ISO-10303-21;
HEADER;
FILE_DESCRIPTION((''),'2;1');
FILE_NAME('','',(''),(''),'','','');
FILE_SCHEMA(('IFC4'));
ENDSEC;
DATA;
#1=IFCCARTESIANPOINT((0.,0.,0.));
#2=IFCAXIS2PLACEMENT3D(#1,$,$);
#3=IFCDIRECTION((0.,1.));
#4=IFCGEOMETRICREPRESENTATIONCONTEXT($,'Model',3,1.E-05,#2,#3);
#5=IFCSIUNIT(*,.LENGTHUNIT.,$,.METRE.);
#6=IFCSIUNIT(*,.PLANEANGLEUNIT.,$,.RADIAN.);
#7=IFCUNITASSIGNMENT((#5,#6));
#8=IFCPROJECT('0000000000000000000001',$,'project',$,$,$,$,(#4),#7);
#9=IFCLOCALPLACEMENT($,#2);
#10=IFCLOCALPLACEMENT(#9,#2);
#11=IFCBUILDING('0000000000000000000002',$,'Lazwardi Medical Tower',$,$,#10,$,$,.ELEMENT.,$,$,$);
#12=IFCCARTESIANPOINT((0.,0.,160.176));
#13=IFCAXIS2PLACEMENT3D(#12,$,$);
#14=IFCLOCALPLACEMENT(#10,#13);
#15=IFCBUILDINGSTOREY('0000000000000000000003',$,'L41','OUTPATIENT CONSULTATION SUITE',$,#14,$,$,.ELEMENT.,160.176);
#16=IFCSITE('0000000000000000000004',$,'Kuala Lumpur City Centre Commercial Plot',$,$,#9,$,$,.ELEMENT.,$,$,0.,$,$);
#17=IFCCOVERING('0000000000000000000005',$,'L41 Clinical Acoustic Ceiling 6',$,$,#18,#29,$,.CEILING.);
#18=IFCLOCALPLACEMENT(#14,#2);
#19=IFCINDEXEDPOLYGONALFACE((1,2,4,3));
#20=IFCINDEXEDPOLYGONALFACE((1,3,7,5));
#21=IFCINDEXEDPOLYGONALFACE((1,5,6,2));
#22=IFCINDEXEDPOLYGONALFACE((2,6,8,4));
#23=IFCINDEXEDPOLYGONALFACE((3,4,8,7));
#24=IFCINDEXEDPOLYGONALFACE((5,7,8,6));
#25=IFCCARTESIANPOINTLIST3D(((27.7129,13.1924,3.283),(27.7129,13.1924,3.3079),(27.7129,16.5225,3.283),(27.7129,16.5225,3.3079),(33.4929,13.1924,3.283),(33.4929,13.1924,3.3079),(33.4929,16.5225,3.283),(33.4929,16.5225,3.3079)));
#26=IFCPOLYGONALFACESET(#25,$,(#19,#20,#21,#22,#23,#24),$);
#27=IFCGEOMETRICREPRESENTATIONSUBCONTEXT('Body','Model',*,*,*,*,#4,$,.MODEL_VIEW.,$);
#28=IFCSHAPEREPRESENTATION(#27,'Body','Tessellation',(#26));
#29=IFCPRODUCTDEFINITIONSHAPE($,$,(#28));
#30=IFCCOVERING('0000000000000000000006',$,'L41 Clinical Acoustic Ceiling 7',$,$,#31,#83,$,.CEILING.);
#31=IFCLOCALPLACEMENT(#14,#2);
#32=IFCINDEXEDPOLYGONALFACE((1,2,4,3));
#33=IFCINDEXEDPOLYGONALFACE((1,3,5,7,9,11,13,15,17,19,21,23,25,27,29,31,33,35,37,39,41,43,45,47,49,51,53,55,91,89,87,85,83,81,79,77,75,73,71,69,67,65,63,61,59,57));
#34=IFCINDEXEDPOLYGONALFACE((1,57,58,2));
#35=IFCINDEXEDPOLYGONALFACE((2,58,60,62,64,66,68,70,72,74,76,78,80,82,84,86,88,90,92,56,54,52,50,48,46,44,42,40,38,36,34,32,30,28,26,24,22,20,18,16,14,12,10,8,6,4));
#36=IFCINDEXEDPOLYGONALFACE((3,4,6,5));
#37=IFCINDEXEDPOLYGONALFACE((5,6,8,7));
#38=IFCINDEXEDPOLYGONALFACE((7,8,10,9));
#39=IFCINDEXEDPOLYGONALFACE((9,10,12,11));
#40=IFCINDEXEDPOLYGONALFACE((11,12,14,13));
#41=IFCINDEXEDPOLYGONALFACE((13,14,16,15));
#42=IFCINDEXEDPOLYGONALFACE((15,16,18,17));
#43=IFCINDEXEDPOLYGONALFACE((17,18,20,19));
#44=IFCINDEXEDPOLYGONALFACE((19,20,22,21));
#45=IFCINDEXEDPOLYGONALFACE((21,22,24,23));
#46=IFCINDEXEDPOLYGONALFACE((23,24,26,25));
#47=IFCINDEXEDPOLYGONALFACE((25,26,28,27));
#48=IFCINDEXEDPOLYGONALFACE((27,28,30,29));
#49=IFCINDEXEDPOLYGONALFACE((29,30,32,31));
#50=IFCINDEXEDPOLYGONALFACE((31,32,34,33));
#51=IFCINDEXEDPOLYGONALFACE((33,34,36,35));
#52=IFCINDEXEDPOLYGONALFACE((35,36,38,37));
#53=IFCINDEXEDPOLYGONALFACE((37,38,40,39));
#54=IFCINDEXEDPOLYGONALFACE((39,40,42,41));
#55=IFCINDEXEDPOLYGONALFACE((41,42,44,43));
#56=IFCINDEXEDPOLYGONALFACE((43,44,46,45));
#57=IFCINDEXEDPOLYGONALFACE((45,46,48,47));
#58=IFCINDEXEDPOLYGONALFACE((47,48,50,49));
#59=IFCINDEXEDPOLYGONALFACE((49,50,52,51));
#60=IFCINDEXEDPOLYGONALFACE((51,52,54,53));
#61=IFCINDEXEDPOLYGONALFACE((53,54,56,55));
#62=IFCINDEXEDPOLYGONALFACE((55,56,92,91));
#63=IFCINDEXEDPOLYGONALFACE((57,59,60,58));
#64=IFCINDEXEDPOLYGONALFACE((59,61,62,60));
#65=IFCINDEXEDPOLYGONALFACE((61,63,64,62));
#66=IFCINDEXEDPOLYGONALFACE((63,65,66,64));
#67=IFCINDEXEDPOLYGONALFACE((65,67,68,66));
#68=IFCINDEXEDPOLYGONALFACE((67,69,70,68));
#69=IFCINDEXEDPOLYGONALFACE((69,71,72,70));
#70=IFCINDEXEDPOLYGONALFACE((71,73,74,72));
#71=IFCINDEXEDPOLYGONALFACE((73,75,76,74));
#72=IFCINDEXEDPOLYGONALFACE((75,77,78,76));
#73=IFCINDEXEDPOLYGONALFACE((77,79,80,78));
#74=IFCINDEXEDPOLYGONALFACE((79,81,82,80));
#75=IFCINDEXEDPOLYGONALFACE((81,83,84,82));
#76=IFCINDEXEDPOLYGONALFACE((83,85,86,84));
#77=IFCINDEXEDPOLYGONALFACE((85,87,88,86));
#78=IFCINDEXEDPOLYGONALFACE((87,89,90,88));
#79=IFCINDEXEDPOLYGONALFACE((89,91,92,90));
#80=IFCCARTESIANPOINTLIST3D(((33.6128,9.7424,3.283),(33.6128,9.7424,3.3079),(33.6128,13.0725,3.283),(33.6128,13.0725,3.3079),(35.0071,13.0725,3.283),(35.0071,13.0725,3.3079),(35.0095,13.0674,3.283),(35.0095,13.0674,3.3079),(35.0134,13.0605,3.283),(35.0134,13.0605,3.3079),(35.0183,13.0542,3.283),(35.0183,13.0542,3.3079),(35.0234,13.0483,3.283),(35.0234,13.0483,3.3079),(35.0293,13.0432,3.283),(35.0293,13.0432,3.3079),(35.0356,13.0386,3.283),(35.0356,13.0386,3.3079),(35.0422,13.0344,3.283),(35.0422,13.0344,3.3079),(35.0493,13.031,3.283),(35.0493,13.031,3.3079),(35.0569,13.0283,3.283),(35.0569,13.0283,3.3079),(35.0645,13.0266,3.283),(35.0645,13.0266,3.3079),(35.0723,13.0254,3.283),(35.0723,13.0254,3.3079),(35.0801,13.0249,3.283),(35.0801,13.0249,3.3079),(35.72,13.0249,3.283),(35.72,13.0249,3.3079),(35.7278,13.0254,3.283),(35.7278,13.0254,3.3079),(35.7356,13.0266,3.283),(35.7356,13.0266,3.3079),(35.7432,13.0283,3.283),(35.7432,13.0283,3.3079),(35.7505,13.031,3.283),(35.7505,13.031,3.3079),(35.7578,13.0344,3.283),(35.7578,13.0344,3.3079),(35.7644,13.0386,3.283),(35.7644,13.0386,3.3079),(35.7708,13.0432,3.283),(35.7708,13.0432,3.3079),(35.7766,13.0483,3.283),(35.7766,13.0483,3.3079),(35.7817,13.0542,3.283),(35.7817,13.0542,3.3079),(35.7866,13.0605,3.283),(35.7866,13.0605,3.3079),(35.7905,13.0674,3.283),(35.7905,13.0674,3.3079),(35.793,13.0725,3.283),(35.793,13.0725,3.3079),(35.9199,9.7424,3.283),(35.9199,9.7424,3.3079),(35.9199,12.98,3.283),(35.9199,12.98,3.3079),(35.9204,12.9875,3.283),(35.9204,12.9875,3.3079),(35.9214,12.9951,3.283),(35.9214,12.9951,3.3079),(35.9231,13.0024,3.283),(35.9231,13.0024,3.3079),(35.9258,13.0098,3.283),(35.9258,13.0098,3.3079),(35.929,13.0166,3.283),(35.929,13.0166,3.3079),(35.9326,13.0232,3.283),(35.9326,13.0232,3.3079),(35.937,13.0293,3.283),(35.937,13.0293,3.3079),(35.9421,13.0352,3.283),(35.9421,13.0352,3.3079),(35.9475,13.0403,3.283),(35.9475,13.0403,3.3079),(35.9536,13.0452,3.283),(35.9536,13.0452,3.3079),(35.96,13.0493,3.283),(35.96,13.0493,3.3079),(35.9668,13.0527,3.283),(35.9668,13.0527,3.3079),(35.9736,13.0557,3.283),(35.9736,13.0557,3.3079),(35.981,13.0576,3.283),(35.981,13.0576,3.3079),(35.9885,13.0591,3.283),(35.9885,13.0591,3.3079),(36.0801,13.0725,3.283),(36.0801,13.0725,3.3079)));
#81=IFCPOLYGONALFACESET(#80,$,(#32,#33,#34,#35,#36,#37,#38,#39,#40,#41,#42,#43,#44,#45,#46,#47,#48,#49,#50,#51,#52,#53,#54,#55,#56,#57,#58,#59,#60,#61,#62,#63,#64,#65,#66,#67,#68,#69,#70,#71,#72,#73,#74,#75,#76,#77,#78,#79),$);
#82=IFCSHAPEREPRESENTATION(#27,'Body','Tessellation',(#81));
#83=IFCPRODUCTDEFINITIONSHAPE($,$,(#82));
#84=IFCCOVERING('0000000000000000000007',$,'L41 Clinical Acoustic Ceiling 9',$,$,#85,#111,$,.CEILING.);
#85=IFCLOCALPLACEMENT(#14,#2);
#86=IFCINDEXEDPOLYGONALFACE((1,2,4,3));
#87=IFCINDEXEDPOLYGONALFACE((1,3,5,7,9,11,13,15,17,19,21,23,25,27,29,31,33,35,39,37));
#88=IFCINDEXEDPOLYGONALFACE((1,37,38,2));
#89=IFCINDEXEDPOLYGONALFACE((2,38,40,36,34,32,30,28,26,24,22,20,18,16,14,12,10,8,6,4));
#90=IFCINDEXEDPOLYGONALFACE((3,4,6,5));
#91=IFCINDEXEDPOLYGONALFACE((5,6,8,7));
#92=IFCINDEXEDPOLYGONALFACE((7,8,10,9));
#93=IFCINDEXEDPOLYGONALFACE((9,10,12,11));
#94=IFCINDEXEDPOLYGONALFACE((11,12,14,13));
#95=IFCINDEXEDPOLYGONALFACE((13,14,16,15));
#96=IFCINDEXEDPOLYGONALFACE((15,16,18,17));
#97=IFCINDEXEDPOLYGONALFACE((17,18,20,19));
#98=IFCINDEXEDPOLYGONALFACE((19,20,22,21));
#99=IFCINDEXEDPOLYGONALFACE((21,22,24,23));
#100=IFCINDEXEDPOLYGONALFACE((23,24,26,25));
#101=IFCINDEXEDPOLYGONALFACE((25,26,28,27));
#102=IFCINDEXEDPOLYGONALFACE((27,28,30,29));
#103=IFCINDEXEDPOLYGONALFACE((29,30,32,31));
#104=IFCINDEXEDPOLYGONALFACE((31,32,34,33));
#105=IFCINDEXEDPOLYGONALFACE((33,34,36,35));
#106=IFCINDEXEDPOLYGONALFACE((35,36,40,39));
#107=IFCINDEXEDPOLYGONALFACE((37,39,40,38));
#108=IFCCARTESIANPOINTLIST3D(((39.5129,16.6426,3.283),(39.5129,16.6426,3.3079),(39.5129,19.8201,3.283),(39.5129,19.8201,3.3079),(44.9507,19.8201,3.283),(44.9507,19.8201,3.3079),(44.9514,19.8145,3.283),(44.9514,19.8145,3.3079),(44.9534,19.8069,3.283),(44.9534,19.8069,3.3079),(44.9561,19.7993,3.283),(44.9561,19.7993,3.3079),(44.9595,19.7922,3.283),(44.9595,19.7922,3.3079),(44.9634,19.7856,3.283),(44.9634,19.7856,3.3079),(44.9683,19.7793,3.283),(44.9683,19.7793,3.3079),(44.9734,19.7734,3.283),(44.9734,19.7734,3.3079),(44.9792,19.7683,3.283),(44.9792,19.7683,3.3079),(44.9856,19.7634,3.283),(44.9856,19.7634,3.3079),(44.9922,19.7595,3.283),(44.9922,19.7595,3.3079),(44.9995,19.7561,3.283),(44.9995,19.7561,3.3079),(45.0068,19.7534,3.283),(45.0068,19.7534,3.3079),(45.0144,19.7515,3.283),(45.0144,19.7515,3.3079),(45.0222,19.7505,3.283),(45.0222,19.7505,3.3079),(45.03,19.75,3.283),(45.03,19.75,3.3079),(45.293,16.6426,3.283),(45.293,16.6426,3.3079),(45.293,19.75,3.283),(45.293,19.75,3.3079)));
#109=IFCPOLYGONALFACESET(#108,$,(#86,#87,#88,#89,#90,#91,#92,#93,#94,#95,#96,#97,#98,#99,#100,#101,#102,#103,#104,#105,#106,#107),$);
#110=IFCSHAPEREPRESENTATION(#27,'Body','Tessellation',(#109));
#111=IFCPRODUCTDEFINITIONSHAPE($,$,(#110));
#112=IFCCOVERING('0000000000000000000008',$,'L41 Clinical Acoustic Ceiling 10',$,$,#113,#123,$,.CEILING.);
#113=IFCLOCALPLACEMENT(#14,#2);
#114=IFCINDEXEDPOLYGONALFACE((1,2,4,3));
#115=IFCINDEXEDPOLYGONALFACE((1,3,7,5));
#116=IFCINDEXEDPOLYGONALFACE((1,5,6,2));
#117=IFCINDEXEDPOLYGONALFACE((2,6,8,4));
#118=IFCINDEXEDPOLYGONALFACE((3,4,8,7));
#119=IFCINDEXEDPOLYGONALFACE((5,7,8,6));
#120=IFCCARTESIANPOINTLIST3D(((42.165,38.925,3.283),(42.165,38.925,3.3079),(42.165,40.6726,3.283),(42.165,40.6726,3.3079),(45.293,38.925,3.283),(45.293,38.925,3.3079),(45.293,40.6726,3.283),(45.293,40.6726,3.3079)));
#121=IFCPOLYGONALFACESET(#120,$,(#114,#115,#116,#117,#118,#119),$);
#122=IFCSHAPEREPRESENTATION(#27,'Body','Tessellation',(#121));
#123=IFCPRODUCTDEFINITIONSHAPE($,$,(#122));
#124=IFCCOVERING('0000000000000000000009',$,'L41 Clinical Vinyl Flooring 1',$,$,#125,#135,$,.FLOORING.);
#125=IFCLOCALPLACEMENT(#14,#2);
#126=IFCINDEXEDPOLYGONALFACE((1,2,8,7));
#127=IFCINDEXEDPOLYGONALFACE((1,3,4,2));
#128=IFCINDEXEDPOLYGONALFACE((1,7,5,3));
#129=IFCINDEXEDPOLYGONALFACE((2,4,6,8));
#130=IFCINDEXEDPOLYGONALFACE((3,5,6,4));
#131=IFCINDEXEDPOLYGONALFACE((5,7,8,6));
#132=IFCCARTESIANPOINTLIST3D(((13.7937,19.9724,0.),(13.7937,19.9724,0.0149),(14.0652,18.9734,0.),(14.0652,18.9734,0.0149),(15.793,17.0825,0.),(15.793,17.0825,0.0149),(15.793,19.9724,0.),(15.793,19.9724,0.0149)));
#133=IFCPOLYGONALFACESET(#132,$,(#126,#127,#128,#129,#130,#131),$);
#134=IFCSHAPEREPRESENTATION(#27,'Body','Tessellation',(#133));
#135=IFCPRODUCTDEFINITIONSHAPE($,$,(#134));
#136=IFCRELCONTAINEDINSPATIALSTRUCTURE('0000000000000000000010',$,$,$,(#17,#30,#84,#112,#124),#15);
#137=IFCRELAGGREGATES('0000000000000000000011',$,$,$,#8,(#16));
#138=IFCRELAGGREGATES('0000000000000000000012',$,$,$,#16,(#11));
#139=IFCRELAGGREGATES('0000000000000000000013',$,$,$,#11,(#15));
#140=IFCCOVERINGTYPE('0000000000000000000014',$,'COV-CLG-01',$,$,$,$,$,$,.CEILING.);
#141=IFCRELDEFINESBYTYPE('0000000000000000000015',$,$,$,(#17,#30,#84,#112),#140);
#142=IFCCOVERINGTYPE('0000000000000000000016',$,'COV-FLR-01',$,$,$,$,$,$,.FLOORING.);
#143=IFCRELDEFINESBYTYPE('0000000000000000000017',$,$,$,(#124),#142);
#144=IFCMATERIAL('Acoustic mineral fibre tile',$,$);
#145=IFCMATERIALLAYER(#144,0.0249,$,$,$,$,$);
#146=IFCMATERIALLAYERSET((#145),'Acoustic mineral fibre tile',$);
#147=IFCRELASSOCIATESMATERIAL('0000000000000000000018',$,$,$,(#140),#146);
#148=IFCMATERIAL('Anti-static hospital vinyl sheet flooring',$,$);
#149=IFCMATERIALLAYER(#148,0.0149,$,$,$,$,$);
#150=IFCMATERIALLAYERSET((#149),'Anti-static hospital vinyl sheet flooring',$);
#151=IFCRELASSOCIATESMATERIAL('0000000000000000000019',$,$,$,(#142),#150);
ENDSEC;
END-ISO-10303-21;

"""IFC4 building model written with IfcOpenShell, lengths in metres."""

from ifc_helpers import new_model, si_unit, direction, frame, origin, place, context, subcontext, project, spatial, polyline, outline, extrude, material, layer, layer_set, type_object, element, save


model = new_model("IFC4")

# Units and contexts
model_context = context("Model", 3, precision=1e-05, world=origin(), true_north=direction((0.0, 1.0)))
body_context = subcontext(model_context, "Body", "Model", "MODEL_VIEW")
ifc_project = project(units=[si_unit("LENGTHUNIT", "METRE"), si_unit("PLANEANGLEUNIT", "RADIAN")], contexts=[model_context])

# Site, building, storey
site_placement = place(None, origin())
site = spatial("IfcSite", under=ifc_project, at=site_placement, Name="Kuala Lumpur City Centre Commercial Plot", CompositionType="ELEMENT", RefElevation=0.0)
building_placement = place(site_placement, origin())
building = spatial("IfcBuilding", under=site, at=building_placement, Name="Lazwardi Medical Tower", CompositionType="ELEMENT")
storey_placement = place(building_placement, frame((0.0, 0.0, 160.176)))
storey = spatial("IfcBuildingStorey", under=building, at=storey_placement, Name="L41", Description="OUTPATIENT CONSULTATION SUITE", CompositionType="ELEMENT", Elevation=160.176)

# Coverings
ifc_material_1 = material(Name="Acoustic mineral fibre tile")
ifc_layer_1 = layer(ifc_material_1, 0.0249)
ifc_layer_set_1 = layer_set([ifc_layer_1], Name="Acoustic mineral fibre tile")
covering_type_1 = type_object("IfcCoveringType", Name="COV-CLG-01", PredefinedType="CEILING", material=ifc_layer_set_1)
covering_1_placement = place(storey_placement, frame((0.0, 0.0, 3.283)))
element("IfcCovering", 1, at=covering_1_placement, inside=storey, type_object=covering_type_1, Name="L41 Clinical Acoustic Ceiling 6", PredefinedType="CEILING", context=body_context, shape_type="SweptSolid", body=[
    extrude(outline(polyline([(33.4929, 13.1924), (33.4929, 16.5225), (27.7129, 16.5225), (27.7129, 13.1924), (33.4929, 13.1924)])), origin(), (0.0, 0.0, 1.0), 0.0249),
])
covering_2_placement = place(storey_placement, frame((0.0, 0.0, 3.283)))
element("IfcCovering", 2, at=covering_2_placement, inside=storey, type_object=covering_type_1, Name="L41 Clinical Acoustic Ceiling 7", PredefinedType="CEILING", context=body_context, shape_type="SweptSolid", body=[
    extrude(outline(polyline([(35.793, 13.0725), (35.7905, 13.0674), (35.7866, 13.0605), (35.7817, 13.0542), (35.7766, 13.0483), (35.7708, 13.0432), (35.7644, 13.0386), (35.7578, 13.0344), (35.7505, 13.031), (35.7432, 13.0283), (35.7356, 13.0266), (35.7278, 13.0254), (35.72, 13.0249), (35.0801, 13.0249), (35.0723, 13.0254), (35.0645, 13.0266), (35.0569, 13.0283), (35.0493, 13.031), (35.0422, 13.0344), (35.0356, 13.0386), (35.0293, 13.0432), (35.0234, 13.0483), (35.0183, 13.0542), (35.0134, 13.0605), (35.0095, 13.0674), (35.0071, 13.0725), (33.6128, 13.0725), (33.6128, 9.7424), (35.9199, 9.7424), (35.9199, 12.98), (35.9204, 12.9875), (35.9214, 12.9951), (35.9231, 13.0024), (35.9258, 13.0098), (35.929, 13.0166), (35.9326, 13.0232), (35.937, 13.0293), (35.9421, 13.0352), (35.9475, 13.0403), (35.9536, 13.0452), (35.96, 13.0493), (35.9668, 13.0527), (35.9736, 13.0557), (35.981, 13.0576), (35.9885, 13.0591), (36.0801, 13.0725), (35.793, 13.0725)])), origin(), (0.0, 0.0, 1.0), 0.0249),
])
covering_3_placement = place(storey_placement, frame((0.0, 0.0, 3.283)))
element("IfcCovering", 3, at=covering_3_placement, inside=storey, type_object=covering_type_1, Name="L41 Clinical Acoustic Ceiling 9", PredefinedType="CEILING", context=body_context, shape_type="SweptSolid", body=[
    extrude(outline(polyline([(45.293, 19.75), (45.03, 19.75), (45.0222, 19.7505), (45.0144, 19.7515), (45.0068, 19.7534), (44.9995, 19.7561), (44.9922, 19.7595), (44.9856, 19.7634), (44.9792, 19.7683), (44.9734, 19.7734), (44.9683, 19.7793), (44.9634, 19.7856), (44.9595, 19.7922), (44.9561, 19.7993), (44.9534, 19.8069), (44.9514, 19.8145), (44.9507, 19.8201), (39.5129, 19.8201), (39.5129, 16.6426), (45.293, 16.6426), (45.293, 19.75)])), origin(), (0.0, 0.0, 1.0), 0.0249),
])
covering_4_placement = place(storey_placement, frame((0.0, 0.0, 3.283)))
element("IfcCovering", 4, at=covering_4_placement, inside=storey, type_object=covering_type_1, Name="L41 Clinical Acoustic Ceiling 10", PredefinedType="CEILING", context=body_context, shape_type="SweptSolid", body=[
    extrude(outline(polyline([(42.165, 40.6726), (42.165, 38.925), (45.293, 38.925), (45.293, 40.6726), (42.165, 40.6726)])), origin(), (0.0, 0.0, 1.0), 0.0249),
])
ifc_material_2 = material(Name="Anti-static hospital vinyl sheet flooring")
ifc_layer_2 = layer(ifc_material_2, 0.0149)
ifc_layer_set_2 = layer_set([ifc_layer_2], Name="Anti-static hospital vinyl sheet flooring")
covering_type_2 = type_object("IfcCoveringType", Name="COV-FLR-01", PredefinedType="FLOORING", material=ifc_layer_set_2)
covering_5_placement = place(storey_placement, origin())
element("IfcCovering", 5, at=covering_5_placement, inside=storey, type_object=covering_type_2, Name="L41 Clinical Vinyl Flooring 1", PredefinedType="FLOORING", context=body_context, shape_type="SweptSolid", body=[
    extrude(outline(polyline([(13.7937, 19.9724), (14.0652, 18.9734), (15.793, 17.0825), (15.793, 19.9724), (13.7937, 19.9724)])), origin(), (0.0, 0.0, 1.0), 0.0149),
])

save(model, "model.ifc")
